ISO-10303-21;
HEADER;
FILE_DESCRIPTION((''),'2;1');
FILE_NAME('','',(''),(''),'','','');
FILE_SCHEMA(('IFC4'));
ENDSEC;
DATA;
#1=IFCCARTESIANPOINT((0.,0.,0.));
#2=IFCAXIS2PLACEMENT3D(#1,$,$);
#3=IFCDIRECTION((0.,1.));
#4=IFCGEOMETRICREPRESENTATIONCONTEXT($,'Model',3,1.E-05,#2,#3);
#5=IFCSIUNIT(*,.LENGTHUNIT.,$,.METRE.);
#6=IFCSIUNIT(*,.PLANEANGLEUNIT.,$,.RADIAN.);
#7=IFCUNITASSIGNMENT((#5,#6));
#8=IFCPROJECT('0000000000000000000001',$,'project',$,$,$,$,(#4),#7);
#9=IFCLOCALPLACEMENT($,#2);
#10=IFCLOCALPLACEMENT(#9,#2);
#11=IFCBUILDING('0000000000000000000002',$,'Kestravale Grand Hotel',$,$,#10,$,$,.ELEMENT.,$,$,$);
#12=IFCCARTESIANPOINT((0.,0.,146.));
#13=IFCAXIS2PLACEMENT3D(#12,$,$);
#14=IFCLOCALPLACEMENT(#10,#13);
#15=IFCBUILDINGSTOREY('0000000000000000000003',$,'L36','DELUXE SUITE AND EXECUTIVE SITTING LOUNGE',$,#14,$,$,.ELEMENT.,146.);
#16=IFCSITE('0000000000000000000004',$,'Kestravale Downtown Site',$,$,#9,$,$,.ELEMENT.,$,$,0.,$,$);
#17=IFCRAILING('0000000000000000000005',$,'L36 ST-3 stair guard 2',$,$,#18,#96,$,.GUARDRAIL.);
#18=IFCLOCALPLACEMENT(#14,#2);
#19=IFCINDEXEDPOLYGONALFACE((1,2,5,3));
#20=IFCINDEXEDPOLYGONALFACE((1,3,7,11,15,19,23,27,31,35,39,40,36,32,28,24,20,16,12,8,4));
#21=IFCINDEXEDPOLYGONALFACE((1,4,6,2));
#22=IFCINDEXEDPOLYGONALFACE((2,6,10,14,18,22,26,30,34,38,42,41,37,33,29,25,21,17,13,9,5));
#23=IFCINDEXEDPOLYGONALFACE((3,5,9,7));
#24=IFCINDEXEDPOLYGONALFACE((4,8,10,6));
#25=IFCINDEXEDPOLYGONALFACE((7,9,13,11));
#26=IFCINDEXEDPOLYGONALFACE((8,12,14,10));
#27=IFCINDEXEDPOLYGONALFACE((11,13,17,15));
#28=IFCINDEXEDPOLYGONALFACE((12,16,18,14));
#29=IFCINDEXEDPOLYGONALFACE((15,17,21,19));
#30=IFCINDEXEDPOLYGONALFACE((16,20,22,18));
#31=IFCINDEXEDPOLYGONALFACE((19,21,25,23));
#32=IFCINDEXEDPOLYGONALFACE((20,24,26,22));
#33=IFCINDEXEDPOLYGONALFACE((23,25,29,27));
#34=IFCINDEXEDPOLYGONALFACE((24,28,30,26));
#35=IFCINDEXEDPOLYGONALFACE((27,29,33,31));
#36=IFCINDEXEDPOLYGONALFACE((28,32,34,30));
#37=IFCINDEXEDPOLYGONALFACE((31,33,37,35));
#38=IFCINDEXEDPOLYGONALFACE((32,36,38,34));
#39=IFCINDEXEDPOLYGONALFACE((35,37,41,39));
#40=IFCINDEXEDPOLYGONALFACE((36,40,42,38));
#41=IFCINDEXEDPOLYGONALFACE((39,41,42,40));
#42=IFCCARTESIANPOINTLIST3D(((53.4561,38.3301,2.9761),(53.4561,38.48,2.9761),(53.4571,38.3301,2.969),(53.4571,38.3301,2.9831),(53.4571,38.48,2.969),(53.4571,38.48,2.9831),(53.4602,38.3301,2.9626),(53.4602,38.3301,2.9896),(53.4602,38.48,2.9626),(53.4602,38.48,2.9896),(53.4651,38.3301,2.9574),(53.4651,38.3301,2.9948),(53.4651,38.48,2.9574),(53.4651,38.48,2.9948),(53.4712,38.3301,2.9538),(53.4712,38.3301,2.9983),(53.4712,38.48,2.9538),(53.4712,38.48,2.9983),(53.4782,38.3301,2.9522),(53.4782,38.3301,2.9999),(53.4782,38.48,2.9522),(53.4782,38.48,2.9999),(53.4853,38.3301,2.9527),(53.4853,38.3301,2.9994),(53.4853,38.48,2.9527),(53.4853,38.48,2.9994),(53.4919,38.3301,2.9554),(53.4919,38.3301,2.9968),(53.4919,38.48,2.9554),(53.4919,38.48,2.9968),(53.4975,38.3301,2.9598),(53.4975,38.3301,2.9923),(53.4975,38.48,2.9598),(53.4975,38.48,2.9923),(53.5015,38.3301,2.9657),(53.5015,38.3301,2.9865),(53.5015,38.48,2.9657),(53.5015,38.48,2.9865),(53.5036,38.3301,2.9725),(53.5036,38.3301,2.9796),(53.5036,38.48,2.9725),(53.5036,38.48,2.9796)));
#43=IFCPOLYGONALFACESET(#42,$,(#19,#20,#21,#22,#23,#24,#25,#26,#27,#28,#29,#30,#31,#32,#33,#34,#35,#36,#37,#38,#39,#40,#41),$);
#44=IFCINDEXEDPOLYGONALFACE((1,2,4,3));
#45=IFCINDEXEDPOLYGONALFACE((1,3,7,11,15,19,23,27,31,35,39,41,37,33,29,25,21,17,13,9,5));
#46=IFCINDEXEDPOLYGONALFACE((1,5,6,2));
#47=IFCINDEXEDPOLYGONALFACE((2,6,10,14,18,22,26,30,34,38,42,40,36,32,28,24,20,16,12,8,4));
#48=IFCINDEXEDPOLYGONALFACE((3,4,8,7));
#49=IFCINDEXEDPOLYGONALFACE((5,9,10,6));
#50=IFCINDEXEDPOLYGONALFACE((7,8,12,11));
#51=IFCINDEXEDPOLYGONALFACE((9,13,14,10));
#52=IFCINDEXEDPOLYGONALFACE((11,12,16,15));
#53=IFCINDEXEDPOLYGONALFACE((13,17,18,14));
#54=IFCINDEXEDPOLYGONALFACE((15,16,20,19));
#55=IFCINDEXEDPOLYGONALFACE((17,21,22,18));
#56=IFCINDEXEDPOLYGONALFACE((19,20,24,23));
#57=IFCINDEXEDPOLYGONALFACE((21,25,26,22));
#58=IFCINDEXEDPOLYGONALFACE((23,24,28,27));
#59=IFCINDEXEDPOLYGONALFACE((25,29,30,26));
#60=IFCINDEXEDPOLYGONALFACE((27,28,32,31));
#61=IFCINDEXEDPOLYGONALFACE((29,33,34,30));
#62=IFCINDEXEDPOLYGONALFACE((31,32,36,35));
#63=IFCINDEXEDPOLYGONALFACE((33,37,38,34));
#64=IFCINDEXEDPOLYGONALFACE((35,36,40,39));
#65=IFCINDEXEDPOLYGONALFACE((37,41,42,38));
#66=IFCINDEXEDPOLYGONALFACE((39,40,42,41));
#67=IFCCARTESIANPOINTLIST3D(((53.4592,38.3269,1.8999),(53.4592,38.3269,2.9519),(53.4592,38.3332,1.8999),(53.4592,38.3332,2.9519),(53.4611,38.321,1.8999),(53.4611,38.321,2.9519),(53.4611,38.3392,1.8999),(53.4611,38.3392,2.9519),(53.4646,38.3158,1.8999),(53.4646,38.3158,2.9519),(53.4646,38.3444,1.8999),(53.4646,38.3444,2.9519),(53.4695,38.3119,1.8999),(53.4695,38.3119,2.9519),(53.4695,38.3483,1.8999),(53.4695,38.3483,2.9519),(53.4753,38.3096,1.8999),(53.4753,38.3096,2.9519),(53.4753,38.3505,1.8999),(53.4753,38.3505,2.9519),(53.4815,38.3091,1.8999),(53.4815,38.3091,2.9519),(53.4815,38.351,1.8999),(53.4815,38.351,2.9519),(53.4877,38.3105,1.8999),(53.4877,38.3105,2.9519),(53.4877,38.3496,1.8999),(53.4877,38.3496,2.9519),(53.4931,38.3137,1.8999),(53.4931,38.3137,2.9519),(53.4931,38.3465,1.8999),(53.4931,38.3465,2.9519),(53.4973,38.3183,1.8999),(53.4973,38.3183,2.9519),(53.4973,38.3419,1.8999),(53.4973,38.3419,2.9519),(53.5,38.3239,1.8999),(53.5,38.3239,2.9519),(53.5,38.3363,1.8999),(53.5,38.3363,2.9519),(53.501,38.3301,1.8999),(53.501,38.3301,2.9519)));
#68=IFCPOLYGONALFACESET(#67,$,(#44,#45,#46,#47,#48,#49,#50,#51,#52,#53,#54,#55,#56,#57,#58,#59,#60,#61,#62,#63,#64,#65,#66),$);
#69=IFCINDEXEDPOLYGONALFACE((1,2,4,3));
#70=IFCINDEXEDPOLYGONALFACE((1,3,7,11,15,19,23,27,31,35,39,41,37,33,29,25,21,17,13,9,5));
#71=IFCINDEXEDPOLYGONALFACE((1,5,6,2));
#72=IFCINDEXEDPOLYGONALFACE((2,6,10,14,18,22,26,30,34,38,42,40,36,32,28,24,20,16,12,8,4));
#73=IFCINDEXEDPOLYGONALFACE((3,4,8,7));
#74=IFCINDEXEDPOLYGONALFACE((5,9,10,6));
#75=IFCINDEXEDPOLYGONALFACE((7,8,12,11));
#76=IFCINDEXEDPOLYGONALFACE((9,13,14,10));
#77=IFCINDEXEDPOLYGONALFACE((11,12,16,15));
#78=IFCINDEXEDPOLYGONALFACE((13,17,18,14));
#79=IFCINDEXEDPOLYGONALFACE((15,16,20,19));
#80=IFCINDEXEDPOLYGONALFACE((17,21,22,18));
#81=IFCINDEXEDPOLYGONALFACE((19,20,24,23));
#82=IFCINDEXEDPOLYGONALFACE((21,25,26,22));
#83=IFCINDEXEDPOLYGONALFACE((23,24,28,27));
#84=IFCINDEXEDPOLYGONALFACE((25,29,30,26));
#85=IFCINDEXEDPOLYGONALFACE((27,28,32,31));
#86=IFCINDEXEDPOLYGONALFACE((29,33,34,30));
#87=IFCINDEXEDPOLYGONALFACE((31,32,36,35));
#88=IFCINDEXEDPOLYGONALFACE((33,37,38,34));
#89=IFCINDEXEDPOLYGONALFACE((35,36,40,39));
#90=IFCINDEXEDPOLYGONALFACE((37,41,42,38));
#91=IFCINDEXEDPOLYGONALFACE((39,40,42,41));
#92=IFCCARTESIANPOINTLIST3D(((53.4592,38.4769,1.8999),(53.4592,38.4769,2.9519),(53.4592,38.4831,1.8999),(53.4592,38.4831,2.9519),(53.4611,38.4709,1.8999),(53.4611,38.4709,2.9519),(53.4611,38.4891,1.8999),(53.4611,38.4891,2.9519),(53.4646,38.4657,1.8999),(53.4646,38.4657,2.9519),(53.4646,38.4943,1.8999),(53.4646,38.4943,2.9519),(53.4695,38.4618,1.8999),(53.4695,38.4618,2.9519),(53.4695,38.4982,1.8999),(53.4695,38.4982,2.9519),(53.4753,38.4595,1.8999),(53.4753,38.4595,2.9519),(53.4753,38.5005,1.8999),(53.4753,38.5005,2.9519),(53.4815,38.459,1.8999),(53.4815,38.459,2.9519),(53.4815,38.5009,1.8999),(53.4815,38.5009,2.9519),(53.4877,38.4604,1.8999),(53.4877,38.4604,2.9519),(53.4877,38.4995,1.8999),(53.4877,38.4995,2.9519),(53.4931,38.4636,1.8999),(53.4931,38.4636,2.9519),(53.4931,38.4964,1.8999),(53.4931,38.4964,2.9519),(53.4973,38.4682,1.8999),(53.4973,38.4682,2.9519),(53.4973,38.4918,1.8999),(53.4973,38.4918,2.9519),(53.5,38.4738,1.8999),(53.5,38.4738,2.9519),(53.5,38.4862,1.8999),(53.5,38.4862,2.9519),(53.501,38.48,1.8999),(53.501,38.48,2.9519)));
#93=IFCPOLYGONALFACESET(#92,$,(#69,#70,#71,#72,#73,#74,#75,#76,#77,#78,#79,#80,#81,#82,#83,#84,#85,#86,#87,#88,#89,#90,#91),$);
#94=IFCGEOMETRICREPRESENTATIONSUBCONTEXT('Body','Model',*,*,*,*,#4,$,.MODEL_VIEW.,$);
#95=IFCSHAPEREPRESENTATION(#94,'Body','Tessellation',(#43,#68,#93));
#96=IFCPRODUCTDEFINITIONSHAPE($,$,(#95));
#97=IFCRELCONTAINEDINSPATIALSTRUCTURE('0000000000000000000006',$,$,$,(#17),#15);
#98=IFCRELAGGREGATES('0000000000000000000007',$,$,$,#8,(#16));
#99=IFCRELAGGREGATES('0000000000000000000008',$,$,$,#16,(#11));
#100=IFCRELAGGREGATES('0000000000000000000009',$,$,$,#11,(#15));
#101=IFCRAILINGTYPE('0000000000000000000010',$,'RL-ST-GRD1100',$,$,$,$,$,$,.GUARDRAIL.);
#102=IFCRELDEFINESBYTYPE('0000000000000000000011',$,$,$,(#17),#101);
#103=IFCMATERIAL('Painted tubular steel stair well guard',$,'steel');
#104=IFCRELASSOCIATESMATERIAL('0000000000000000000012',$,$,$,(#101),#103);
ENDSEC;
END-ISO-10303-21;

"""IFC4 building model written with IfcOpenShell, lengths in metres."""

from ifc_helpers import new_model, si_unit, direction, frame, origin, origin_2d, place, context, subcontext, project, spatial, circle, extrude, material, type_object, element, save


model = new_model("IFC4")

# Units and contexts
model_context = context("Model", 3, precision=1e-05, world=origin(), true_north=direction((0.0, 1.0)))
body_context = subcontext(model_context, "Body", "Model", "MODEL_VIEW")
ifc_project = project(units=[si_unit("LENGTHUNIT", "METRE"), si_unit("PLANEANGLEUNIT", "RADIAN")], contexts=[model_context])

# Site, building, storey
site_placement = place(None, origin())
site = spatial("IfcSite", under=ifc_project, at=site_placement, Name="Kestravale Downtown Site", CompositionType="ELEMENT", RefElevation=0.0)
building_placement = place(site_placement, origin())
building = spatial("IfcBuilding", under=site, at=building_placement, Name="Kestravale Grand Hotel", CompositionType="ELEMENT")
storey_placement = place(building_placement, frame((0.0, 0.0, 146.0)))
storey = spatial("IfcBuildingStorey", under=building, at=storey_placement, Name="L36", Description="DELUXE SUITE AND EXECUTIVE SITTING LOUNGE", CompositionType="ELEMENT", Elevation=146.0)

# Railing
ifc_material_1 = material(Name="Painted tubular steel stair well guard", Category="steel")
railing_type_1 = type_object("IfcRailingType", Name="RL-ST-GRD1100", PredefinedType="GUARDRAIL", material=ifc_material_1)
railing_1_placement = place(storey_placement, frame((53.48, 38.3301, 1.8999)))
element("IfcRailing", 1, at=railing_1_placement, inside=storey, type_object=railing_type_1, Name="L36 ST-3 stair guard 2", PredefinedType="GUARDRAIL", context=body_context, shape_type="SweptSolid", body=[
    extrude(circle(Radius=0.0239, at=origin_2d()), frame((0.0, 0.0, 1.0762), z_axis=(0.0, 1.0, 0.0), x_axis=(-1.0, 0.0, 0.0)), (0.0, 0.0, 1.0), 0.1499),
    extrude(circle(Radius=0.021, at=origin_2d()), origin(), (0.0, 0.0, 1.0), 1.052),
    extrude(circle(Radius=0.021, at=origin_2d()), frame((0.0, 0.1499, 0.0)), (0.0, 0.0, 1.0), 1.052),
])

save(model, "model.ifc")
